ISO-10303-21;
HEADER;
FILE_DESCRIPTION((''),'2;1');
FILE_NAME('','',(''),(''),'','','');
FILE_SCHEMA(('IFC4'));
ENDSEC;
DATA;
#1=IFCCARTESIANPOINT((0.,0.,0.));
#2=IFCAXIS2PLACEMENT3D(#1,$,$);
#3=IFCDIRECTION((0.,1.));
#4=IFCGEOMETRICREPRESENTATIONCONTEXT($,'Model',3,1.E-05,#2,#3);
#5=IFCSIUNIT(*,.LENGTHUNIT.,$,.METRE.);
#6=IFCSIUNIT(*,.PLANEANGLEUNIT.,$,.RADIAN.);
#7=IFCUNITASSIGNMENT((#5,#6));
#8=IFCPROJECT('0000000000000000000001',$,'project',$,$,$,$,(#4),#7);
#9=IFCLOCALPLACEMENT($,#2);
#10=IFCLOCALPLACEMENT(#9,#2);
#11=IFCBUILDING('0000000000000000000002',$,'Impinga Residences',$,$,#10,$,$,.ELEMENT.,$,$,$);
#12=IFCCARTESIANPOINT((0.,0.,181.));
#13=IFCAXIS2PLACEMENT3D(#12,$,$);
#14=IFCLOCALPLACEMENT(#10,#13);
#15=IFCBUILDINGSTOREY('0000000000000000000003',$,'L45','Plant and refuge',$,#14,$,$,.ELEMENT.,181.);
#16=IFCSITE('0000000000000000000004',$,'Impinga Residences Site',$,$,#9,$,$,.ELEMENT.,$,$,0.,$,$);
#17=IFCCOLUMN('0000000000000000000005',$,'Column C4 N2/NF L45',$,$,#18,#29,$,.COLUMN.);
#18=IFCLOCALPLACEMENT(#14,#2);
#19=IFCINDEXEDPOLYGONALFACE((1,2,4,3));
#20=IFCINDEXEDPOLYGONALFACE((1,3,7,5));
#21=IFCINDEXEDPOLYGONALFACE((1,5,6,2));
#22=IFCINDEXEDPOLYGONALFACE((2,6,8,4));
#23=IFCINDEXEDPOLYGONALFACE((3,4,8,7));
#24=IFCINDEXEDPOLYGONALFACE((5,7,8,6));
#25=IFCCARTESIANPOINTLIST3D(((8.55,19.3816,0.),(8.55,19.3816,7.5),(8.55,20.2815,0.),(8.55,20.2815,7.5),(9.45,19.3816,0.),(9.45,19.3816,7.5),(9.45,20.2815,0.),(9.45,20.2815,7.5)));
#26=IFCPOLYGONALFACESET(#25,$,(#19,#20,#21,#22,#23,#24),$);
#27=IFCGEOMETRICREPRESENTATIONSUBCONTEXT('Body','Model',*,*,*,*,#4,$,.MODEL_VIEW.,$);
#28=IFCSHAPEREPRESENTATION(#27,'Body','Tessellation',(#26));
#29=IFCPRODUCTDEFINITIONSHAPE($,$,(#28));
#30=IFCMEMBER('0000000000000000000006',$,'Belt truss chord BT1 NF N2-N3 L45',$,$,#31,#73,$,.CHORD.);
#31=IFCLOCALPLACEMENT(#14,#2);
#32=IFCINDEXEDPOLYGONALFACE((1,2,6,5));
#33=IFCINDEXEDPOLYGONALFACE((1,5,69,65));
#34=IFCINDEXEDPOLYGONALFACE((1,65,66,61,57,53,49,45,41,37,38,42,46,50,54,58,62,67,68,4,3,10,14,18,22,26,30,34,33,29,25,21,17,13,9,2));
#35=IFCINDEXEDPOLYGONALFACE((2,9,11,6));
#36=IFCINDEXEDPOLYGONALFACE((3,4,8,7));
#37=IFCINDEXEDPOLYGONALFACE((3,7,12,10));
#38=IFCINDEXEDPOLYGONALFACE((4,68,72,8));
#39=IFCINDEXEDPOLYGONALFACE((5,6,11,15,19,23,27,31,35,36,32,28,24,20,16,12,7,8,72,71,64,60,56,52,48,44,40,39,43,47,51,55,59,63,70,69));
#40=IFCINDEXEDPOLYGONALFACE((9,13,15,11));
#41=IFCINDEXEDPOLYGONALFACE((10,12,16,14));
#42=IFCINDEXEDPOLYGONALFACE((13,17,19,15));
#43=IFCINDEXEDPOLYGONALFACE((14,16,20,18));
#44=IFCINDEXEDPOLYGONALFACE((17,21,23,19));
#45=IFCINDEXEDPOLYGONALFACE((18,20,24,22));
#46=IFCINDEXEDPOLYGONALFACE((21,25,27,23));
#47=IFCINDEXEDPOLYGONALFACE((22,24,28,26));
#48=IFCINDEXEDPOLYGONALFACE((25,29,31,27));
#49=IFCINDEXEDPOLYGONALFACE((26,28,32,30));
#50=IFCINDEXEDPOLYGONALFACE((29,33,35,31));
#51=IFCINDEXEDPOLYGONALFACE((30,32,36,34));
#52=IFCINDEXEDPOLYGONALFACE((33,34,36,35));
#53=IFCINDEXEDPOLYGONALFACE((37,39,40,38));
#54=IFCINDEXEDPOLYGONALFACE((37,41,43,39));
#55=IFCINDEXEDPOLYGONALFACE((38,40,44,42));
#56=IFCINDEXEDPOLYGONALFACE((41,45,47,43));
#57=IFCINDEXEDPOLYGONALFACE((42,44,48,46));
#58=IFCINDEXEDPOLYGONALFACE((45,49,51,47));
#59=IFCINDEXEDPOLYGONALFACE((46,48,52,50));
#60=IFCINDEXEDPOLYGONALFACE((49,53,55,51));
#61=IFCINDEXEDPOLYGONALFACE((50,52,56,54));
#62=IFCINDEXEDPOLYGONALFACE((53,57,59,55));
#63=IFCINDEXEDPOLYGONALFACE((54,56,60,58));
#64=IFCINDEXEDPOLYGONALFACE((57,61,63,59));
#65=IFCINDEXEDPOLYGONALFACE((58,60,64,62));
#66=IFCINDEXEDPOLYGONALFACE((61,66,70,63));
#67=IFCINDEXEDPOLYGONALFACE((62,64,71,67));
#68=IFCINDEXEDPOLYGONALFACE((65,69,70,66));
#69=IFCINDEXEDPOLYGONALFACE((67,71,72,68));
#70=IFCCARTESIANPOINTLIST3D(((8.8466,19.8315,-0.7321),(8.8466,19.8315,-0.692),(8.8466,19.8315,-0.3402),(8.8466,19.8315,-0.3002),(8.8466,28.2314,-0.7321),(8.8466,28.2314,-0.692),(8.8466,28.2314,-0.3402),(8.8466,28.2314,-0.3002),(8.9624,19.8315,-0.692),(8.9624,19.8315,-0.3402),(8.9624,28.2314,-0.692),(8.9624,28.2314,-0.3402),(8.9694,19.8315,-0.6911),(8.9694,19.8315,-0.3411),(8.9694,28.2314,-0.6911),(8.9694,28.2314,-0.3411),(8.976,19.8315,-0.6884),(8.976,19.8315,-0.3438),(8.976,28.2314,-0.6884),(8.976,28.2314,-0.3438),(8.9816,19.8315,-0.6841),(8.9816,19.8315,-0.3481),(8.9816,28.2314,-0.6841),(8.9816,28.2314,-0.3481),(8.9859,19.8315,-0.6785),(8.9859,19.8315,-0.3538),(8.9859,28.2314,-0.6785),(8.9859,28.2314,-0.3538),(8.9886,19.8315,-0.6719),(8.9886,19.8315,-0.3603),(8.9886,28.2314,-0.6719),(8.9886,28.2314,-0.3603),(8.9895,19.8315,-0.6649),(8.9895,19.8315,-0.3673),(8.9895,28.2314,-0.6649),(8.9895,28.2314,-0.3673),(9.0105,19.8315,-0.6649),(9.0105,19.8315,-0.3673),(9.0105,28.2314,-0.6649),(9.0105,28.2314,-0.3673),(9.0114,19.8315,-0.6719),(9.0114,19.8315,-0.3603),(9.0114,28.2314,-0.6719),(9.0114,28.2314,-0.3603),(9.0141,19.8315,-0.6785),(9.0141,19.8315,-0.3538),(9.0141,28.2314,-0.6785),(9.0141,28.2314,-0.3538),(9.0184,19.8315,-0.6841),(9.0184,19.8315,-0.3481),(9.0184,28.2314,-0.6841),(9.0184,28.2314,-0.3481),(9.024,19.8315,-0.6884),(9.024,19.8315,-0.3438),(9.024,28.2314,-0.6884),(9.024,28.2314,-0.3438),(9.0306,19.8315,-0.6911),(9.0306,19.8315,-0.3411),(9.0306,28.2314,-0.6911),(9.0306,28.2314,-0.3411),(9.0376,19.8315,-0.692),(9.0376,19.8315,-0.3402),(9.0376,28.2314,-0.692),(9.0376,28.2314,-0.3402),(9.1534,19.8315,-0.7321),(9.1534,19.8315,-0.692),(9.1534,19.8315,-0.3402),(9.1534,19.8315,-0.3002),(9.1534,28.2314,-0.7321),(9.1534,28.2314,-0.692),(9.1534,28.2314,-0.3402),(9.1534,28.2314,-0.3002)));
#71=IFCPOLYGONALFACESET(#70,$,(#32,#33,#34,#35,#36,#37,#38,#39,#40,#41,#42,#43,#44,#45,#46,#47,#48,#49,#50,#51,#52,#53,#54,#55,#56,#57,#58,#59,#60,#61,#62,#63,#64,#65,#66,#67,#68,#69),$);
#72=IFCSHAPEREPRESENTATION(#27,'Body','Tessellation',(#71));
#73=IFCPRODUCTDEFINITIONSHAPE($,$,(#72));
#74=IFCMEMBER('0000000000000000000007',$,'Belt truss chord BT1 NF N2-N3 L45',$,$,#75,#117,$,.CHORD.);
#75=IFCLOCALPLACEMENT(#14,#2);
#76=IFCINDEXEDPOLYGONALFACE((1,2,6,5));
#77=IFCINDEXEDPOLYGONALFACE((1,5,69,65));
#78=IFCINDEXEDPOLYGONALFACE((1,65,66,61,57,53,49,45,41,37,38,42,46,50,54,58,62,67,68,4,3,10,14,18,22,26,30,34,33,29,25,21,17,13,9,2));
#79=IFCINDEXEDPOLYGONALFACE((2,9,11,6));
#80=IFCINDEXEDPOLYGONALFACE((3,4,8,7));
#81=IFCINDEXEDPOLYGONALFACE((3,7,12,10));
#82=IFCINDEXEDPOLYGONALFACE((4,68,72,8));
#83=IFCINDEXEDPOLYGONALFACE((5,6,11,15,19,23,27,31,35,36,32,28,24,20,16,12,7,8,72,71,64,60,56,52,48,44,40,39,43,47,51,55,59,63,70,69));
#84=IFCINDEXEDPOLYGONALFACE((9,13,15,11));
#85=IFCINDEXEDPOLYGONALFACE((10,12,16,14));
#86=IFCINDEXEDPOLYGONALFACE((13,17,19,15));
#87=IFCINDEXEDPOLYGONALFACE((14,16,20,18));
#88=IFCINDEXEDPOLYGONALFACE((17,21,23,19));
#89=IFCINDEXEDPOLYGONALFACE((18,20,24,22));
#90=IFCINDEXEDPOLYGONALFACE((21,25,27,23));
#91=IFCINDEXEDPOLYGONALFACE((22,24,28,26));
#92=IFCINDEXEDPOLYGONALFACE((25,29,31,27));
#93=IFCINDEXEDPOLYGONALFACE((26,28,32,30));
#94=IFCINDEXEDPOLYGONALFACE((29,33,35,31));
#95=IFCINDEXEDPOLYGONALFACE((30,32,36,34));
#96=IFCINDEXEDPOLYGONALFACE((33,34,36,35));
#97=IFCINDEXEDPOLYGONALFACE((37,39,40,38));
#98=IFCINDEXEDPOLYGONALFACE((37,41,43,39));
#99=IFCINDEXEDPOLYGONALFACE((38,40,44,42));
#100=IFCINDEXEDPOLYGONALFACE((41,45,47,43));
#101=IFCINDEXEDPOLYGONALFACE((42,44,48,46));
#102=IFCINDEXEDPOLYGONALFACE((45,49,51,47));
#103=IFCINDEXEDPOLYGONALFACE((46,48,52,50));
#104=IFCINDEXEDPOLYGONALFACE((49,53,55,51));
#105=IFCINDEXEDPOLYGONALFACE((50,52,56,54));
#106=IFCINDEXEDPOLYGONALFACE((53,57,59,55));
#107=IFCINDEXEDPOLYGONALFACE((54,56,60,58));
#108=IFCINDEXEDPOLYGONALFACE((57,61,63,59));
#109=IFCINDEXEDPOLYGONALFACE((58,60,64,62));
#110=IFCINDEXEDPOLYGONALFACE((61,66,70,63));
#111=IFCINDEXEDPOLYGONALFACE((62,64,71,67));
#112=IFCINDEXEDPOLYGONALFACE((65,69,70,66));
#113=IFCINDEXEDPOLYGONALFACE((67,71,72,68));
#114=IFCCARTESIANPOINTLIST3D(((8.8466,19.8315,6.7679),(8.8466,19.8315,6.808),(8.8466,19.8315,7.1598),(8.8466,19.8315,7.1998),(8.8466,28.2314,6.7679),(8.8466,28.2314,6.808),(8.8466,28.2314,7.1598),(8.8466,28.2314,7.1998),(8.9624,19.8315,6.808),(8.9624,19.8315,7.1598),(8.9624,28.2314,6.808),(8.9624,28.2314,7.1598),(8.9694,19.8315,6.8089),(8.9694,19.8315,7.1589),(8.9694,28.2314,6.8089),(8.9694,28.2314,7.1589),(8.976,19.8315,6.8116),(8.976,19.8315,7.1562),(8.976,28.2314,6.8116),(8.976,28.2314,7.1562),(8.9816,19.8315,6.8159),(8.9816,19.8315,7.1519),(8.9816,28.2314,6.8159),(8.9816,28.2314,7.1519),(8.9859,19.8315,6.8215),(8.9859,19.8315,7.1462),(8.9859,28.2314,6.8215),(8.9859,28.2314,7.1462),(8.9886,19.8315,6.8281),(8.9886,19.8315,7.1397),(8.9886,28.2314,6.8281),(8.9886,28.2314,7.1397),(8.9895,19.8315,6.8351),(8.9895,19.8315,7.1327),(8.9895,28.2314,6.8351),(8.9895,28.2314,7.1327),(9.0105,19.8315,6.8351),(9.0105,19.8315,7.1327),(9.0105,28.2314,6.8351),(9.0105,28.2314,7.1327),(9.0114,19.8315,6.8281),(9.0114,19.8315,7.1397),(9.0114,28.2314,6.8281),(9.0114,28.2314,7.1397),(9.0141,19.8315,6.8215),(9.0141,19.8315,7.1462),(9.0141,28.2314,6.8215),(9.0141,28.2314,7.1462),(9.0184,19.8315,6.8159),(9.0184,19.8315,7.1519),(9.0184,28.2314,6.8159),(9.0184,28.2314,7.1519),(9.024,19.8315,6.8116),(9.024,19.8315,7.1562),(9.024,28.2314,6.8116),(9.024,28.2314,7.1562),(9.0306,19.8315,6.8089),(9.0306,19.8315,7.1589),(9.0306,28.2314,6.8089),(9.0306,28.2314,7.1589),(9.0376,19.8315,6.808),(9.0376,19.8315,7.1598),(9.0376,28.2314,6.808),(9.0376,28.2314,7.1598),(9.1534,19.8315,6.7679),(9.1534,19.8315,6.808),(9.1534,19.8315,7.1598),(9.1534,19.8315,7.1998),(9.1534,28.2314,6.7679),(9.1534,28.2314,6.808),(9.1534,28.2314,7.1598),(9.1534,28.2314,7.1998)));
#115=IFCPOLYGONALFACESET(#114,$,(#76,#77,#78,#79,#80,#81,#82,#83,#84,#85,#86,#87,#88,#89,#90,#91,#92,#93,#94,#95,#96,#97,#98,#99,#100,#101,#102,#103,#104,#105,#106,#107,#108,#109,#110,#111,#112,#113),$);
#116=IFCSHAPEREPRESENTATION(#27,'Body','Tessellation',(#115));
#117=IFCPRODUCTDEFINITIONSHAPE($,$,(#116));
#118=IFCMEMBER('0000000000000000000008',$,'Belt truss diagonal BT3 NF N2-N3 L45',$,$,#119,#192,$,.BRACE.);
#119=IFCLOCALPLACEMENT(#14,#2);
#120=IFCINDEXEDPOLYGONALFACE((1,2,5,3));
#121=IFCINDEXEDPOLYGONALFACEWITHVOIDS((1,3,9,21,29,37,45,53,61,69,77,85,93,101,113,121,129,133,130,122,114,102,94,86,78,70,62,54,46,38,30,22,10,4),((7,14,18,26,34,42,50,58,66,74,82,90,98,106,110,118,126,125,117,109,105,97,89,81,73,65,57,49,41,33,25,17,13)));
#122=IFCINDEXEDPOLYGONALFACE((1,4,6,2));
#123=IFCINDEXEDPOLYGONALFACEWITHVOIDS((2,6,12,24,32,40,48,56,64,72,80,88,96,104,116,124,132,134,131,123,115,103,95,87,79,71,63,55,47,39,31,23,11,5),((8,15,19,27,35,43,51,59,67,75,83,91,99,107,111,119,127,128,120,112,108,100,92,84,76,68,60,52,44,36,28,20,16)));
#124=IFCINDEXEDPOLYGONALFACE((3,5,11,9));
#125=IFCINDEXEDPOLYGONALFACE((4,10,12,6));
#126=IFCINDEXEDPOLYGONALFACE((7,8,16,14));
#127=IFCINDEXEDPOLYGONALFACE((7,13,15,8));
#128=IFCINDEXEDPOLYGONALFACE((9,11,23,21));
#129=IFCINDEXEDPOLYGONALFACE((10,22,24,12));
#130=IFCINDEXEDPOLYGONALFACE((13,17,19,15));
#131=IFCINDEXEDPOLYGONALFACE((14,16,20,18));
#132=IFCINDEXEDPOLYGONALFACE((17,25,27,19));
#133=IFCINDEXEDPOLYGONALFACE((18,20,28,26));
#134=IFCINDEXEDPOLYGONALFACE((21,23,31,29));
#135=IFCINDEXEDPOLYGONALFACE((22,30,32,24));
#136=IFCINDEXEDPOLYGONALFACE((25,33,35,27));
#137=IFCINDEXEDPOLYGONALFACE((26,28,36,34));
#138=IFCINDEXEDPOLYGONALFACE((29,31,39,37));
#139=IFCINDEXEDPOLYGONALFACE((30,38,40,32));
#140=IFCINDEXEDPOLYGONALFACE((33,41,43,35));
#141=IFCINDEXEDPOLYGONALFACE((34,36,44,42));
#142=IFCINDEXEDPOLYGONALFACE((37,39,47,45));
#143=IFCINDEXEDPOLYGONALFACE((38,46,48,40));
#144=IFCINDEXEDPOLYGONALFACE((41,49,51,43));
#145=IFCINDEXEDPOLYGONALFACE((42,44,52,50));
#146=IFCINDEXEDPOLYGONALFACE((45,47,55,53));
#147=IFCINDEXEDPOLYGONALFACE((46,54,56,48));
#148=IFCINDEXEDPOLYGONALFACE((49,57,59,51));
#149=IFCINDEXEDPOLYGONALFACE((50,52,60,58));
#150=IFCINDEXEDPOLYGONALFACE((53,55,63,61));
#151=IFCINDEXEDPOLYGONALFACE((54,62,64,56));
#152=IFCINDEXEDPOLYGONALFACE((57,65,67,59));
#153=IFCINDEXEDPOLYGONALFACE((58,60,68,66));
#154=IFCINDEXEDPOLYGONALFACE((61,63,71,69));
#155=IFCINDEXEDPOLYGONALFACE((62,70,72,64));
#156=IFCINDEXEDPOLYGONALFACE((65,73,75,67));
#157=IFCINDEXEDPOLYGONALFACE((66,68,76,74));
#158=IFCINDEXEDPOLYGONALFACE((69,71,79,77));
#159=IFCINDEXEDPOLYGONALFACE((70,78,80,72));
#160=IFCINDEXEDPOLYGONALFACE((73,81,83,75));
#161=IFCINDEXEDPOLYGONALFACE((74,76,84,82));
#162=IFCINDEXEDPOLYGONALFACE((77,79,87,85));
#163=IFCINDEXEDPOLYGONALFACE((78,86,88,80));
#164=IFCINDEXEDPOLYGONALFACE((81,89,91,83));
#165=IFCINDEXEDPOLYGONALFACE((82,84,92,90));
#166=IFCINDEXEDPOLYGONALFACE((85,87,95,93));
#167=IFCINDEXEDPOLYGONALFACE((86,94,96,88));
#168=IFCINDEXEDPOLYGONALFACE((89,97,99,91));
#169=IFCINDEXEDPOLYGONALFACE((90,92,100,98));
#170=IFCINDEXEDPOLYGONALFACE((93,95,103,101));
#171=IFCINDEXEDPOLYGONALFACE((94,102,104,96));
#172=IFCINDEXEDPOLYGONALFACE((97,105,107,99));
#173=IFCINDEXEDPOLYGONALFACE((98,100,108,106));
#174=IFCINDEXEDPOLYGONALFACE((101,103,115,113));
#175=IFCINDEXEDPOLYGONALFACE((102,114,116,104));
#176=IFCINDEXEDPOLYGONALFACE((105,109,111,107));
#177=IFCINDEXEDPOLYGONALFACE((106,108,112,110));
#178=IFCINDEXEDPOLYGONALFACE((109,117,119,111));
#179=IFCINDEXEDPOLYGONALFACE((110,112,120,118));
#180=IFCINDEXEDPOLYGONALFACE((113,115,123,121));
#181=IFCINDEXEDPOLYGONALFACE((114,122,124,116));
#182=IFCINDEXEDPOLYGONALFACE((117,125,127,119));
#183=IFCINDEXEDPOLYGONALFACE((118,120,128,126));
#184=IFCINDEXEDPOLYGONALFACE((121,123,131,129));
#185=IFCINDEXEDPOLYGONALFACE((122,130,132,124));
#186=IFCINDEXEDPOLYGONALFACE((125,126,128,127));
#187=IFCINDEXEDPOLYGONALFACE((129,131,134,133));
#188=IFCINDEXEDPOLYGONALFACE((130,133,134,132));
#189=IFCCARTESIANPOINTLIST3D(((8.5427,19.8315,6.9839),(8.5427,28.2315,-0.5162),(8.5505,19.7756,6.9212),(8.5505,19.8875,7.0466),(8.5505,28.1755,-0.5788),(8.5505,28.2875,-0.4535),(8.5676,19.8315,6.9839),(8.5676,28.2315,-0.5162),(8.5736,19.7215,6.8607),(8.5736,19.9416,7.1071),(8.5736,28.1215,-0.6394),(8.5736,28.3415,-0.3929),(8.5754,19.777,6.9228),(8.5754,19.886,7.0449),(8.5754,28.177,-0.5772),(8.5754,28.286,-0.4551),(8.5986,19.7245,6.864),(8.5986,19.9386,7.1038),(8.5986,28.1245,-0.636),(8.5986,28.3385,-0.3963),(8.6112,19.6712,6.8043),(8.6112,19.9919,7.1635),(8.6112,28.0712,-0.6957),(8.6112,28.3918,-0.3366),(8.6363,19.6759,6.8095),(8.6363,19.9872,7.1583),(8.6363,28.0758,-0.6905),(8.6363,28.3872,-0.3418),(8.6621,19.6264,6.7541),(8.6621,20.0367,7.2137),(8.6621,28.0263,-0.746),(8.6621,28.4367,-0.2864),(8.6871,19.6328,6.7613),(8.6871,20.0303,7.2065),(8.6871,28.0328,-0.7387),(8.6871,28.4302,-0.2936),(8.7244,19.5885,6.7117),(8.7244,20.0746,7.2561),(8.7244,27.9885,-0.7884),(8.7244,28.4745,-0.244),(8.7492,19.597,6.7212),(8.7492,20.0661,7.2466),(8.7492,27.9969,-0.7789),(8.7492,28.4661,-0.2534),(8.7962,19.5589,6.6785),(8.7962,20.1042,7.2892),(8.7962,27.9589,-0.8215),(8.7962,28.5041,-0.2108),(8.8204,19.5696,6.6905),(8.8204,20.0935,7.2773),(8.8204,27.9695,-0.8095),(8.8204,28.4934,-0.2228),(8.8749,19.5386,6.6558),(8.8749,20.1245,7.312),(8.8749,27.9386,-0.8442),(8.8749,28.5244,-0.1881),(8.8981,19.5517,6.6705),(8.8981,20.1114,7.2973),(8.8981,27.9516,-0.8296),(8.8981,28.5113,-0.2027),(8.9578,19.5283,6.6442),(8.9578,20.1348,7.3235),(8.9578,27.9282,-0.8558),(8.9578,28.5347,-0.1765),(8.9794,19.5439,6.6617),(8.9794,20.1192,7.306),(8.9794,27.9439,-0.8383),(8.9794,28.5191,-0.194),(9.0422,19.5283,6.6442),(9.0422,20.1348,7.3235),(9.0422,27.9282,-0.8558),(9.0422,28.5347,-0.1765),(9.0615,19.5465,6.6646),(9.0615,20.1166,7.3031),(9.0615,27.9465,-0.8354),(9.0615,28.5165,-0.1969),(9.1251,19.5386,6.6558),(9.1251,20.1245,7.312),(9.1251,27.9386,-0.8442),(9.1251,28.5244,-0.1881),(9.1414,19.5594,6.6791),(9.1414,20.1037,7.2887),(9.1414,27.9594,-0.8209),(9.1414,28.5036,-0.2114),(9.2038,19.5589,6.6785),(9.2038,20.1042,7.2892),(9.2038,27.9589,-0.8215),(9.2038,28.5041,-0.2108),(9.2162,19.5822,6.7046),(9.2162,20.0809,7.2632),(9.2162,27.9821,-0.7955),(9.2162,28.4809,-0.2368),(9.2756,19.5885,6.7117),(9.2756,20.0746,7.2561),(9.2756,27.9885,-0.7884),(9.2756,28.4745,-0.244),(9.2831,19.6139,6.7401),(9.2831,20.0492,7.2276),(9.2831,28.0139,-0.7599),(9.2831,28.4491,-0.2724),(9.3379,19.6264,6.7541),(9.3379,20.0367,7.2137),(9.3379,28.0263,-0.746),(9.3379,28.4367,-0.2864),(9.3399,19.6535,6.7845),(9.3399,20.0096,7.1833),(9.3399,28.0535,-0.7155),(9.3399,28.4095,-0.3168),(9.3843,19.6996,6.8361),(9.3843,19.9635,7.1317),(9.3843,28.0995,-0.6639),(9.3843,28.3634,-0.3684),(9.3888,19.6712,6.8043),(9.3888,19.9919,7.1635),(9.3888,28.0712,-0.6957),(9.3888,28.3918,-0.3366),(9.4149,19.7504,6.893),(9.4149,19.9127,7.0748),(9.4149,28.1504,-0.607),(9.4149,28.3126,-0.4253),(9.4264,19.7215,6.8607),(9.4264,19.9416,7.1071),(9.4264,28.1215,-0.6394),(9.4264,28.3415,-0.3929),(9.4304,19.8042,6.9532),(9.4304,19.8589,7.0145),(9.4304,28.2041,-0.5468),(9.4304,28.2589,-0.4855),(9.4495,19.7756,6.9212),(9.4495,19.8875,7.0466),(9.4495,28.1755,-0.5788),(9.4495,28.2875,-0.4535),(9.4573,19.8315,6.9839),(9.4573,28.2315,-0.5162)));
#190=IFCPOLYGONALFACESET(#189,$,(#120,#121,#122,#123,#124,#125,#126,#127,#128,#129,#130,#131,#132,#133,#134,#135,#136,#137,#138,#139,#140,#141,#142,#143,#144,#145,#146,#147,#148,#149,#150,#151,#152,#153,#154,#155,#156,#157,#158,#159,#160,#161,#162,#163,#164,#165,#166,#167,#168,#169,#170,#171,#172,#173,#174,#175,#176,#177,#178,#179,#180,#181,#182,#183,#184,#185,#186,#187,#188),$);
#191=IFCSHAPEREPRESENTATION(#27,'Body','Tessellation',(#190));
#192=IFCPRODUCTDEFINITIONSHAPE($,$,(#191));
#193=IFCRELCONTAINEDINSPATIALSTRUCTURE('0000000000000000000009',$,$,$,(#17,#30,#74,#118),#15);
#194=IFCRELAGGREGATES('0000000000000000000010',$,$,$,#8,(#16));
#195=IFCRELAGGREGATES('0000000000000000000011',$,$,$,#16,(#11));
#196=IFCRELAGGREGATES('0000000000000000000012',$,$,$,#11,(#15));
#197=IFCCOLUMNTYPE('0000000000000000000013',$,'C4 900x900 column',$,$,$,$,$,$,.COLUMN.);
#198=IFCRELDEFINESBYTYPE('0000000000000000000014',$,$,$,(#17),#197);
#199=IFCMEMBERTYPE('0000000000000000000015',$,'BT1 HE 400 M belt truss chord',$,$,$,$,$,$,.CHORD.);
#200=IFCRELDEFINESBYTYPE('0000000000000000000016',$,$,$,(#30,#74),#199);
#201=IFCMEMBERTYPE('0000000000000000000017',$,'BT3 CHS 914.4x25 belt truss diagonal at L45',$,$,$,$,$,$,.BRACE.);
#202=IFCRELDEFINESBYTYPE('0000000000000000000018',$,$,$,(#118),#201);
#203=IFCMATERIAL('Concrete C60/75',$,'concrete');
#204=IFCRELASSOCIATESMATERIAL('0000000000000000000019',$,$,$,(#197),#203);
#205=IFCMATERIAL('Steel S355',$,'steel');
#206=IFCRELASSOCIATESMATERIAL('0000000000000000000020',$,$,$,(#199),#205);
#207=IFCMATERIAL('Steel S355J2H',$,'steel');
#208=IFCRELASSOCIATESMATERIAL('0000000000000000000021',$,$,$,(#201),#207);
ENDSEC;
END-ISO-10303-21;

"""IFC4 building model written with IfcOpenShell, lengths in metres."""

from ifc_helpers import new_model, si_unit, direction, frame, origin, origin_2d, place, context, subcontext, project, spatial, rectangle, hollow_circle, i_section, extrude, material, material_profile, profile_set, type_object, element, save


model = new_model("IFC4")

# Units and contexts
model_context = context("Model", 3, precision=1e-05, world=origin(), true_north=direction((0.0, 1.0)))
body_context = subcontext(model_context, "Body", "Model", "MODEL_VIEW")
ifc_project = project(units=[si_unit("LENGTHUNIT", "METRE"), si_unit("PLANEANGLEUNIT", "RADIAN")], contexts=[model_context])

# Site, building, storey
site_placement = place(None, origin())
site = spatial("IfcSite", under=ifc_project, at=site_placement, Name="Impinga Residences Site", CompositionType="ELEMENT", RefElevation=0.0)
building_placement = place(site_placement, origin())
building = spatial("IfcBuilding", under=site, at=building_placement, Name="Impinga Residences", CompositionType="ELEMENT")
storey_placement = place(building_placement, frame((0.0, 0.0, 181.0)))
storey = spatial("IfcBuildingStorey", under=building, at=storey_placement, Name="L45", Description="Plant and refuge", CompositionType="ELEMENT", Elevation=181.0)

# Column
ifc_material_1 = material(Name="Concrete C60/75", Category="concrete")
ifc_material_profile_1 = material_profile(ifc_material_1, rectangle(XDim=0.8999, YDim=0.8999, at=origin_2d()), Name="RC 900x900")
ifc_profile_set_1 = profile_set([ifc_material_profile_1], Name="Concrete C60/75")
column_type = type_object("IfcColumnType", Name="C4 900x900 column", PredefinedType="COLUMN", material=ifc_profile_set_1)
column_placement = place(storey_placement, frame((9.0, 19.8315, 0.0), z_axis=(0.0, 0.0, 1.0), x_axis=(1.0, 0.0, 0.0)))
element("IfcColumn", 1, at=column_placement, inside=storey, type_object=column_type, Name="Column C4 N2/NF L45", PredefinedType="COLUMN", context=body_context, shape_type="SweptSolid", body=[
    extrude(rectangle(XDim=0.8999, YDim=0.8999, at=origin_2d()), origin(), (0.0, 0.0, 1.0), 7.5),
])

# Members
ifc_material_2 = material(Name="Steel S355", Category="steel")
ifc_material_profile_2 = material_profile(ifc_material_2, i_section(OverallWidth=0.3069, OverallDepth=0.4319, WebThickness=0.021, FlangeThickness=0.04, FilletRadius=0.0271, at=origin_2d()), Name="HE 400 M")
ifc_profile_set_2 = profile_set([ifc_material_profile_2], Name="Steel S355")
member_type_1 = type_object("IfcMemberType", Name="BT1 HE 400 M belt truss chord", PredefinedType="CHORD", material=ifc_profile_set_2)
for number, where, z_axis, x_axis, name in (
    (2, (9.0, 19.8315, -0.5161), (0.0, 1.0, 0.0), (-1.0, 0.0, 0.0), "Belt truss chord BT1 NF N2-N3 L45"),
    (3, (9.0, 19.8315, 6.9839), (0.0, 1.0, 0.0), (-1.0, 0.0, 0.0), "Belt truss chord BT1 NF N2-N3 L45"),
):
    element("IfcMember", number, at=place(storey_placement, frame(where, z_axis=z_axis, x_axis=x_axis)), inside=storey, type_object=member_type_1, Name=name, PredefinedType="CHORD", context=body_context, shape_type="SweptSolid", body=[
        extrude(i_section(OverallWidth=0.3069, OverallDepth=0.4319, WebThickness=0.021, FlangeThickness=0.04, FilletRadius=0.0271, at=origin_2d()), origin(), (0.0, 0.0, 1.0), 8.3999),
    ])
ifc_material_3 = material(Name="Steel S355J2H", Category="steel")
ifc_material_profile_3 = material_profile(ifc_material_3, hollow_circle(Radius=0.4573, WallThickness=0.0249, at=origin_2d()), Name="CHS 914.4x25")
ifc_profile_set_3 = profile_set([ifc_material_profile_3], Name="Steel S355J2H")
member_type_2 = type_object("IfcMemberType", Name="BT3 CHS 914.4x25 belt truss diagonal at L45", PredefinedType="BRACE", material=ifc_profile_set_3)
member_1_placement = place(storey_placement, frame((9.0, 19.8315, 6.9839), z_axis=(0.0, 0.745934, -0.66602), x_axis=(-1.0, 0.0, 0.0)))
element("IfcMember", 4, at=member_1_placement, inside=storey, type_object=member_type_2, Name="Belt truss diagonal BT3 NF N2-N3 L45", PredefinedType="BRACE", context=body_context, shape_type="SweptSolid", body=[
    extrude(hollow_circle(Radius=0.4573, WallThickness=0.0249, at=origin_2d()), origin(), (0.0, 0.0, 1.0), 11.261),
])

save(model, "model.ifc")
